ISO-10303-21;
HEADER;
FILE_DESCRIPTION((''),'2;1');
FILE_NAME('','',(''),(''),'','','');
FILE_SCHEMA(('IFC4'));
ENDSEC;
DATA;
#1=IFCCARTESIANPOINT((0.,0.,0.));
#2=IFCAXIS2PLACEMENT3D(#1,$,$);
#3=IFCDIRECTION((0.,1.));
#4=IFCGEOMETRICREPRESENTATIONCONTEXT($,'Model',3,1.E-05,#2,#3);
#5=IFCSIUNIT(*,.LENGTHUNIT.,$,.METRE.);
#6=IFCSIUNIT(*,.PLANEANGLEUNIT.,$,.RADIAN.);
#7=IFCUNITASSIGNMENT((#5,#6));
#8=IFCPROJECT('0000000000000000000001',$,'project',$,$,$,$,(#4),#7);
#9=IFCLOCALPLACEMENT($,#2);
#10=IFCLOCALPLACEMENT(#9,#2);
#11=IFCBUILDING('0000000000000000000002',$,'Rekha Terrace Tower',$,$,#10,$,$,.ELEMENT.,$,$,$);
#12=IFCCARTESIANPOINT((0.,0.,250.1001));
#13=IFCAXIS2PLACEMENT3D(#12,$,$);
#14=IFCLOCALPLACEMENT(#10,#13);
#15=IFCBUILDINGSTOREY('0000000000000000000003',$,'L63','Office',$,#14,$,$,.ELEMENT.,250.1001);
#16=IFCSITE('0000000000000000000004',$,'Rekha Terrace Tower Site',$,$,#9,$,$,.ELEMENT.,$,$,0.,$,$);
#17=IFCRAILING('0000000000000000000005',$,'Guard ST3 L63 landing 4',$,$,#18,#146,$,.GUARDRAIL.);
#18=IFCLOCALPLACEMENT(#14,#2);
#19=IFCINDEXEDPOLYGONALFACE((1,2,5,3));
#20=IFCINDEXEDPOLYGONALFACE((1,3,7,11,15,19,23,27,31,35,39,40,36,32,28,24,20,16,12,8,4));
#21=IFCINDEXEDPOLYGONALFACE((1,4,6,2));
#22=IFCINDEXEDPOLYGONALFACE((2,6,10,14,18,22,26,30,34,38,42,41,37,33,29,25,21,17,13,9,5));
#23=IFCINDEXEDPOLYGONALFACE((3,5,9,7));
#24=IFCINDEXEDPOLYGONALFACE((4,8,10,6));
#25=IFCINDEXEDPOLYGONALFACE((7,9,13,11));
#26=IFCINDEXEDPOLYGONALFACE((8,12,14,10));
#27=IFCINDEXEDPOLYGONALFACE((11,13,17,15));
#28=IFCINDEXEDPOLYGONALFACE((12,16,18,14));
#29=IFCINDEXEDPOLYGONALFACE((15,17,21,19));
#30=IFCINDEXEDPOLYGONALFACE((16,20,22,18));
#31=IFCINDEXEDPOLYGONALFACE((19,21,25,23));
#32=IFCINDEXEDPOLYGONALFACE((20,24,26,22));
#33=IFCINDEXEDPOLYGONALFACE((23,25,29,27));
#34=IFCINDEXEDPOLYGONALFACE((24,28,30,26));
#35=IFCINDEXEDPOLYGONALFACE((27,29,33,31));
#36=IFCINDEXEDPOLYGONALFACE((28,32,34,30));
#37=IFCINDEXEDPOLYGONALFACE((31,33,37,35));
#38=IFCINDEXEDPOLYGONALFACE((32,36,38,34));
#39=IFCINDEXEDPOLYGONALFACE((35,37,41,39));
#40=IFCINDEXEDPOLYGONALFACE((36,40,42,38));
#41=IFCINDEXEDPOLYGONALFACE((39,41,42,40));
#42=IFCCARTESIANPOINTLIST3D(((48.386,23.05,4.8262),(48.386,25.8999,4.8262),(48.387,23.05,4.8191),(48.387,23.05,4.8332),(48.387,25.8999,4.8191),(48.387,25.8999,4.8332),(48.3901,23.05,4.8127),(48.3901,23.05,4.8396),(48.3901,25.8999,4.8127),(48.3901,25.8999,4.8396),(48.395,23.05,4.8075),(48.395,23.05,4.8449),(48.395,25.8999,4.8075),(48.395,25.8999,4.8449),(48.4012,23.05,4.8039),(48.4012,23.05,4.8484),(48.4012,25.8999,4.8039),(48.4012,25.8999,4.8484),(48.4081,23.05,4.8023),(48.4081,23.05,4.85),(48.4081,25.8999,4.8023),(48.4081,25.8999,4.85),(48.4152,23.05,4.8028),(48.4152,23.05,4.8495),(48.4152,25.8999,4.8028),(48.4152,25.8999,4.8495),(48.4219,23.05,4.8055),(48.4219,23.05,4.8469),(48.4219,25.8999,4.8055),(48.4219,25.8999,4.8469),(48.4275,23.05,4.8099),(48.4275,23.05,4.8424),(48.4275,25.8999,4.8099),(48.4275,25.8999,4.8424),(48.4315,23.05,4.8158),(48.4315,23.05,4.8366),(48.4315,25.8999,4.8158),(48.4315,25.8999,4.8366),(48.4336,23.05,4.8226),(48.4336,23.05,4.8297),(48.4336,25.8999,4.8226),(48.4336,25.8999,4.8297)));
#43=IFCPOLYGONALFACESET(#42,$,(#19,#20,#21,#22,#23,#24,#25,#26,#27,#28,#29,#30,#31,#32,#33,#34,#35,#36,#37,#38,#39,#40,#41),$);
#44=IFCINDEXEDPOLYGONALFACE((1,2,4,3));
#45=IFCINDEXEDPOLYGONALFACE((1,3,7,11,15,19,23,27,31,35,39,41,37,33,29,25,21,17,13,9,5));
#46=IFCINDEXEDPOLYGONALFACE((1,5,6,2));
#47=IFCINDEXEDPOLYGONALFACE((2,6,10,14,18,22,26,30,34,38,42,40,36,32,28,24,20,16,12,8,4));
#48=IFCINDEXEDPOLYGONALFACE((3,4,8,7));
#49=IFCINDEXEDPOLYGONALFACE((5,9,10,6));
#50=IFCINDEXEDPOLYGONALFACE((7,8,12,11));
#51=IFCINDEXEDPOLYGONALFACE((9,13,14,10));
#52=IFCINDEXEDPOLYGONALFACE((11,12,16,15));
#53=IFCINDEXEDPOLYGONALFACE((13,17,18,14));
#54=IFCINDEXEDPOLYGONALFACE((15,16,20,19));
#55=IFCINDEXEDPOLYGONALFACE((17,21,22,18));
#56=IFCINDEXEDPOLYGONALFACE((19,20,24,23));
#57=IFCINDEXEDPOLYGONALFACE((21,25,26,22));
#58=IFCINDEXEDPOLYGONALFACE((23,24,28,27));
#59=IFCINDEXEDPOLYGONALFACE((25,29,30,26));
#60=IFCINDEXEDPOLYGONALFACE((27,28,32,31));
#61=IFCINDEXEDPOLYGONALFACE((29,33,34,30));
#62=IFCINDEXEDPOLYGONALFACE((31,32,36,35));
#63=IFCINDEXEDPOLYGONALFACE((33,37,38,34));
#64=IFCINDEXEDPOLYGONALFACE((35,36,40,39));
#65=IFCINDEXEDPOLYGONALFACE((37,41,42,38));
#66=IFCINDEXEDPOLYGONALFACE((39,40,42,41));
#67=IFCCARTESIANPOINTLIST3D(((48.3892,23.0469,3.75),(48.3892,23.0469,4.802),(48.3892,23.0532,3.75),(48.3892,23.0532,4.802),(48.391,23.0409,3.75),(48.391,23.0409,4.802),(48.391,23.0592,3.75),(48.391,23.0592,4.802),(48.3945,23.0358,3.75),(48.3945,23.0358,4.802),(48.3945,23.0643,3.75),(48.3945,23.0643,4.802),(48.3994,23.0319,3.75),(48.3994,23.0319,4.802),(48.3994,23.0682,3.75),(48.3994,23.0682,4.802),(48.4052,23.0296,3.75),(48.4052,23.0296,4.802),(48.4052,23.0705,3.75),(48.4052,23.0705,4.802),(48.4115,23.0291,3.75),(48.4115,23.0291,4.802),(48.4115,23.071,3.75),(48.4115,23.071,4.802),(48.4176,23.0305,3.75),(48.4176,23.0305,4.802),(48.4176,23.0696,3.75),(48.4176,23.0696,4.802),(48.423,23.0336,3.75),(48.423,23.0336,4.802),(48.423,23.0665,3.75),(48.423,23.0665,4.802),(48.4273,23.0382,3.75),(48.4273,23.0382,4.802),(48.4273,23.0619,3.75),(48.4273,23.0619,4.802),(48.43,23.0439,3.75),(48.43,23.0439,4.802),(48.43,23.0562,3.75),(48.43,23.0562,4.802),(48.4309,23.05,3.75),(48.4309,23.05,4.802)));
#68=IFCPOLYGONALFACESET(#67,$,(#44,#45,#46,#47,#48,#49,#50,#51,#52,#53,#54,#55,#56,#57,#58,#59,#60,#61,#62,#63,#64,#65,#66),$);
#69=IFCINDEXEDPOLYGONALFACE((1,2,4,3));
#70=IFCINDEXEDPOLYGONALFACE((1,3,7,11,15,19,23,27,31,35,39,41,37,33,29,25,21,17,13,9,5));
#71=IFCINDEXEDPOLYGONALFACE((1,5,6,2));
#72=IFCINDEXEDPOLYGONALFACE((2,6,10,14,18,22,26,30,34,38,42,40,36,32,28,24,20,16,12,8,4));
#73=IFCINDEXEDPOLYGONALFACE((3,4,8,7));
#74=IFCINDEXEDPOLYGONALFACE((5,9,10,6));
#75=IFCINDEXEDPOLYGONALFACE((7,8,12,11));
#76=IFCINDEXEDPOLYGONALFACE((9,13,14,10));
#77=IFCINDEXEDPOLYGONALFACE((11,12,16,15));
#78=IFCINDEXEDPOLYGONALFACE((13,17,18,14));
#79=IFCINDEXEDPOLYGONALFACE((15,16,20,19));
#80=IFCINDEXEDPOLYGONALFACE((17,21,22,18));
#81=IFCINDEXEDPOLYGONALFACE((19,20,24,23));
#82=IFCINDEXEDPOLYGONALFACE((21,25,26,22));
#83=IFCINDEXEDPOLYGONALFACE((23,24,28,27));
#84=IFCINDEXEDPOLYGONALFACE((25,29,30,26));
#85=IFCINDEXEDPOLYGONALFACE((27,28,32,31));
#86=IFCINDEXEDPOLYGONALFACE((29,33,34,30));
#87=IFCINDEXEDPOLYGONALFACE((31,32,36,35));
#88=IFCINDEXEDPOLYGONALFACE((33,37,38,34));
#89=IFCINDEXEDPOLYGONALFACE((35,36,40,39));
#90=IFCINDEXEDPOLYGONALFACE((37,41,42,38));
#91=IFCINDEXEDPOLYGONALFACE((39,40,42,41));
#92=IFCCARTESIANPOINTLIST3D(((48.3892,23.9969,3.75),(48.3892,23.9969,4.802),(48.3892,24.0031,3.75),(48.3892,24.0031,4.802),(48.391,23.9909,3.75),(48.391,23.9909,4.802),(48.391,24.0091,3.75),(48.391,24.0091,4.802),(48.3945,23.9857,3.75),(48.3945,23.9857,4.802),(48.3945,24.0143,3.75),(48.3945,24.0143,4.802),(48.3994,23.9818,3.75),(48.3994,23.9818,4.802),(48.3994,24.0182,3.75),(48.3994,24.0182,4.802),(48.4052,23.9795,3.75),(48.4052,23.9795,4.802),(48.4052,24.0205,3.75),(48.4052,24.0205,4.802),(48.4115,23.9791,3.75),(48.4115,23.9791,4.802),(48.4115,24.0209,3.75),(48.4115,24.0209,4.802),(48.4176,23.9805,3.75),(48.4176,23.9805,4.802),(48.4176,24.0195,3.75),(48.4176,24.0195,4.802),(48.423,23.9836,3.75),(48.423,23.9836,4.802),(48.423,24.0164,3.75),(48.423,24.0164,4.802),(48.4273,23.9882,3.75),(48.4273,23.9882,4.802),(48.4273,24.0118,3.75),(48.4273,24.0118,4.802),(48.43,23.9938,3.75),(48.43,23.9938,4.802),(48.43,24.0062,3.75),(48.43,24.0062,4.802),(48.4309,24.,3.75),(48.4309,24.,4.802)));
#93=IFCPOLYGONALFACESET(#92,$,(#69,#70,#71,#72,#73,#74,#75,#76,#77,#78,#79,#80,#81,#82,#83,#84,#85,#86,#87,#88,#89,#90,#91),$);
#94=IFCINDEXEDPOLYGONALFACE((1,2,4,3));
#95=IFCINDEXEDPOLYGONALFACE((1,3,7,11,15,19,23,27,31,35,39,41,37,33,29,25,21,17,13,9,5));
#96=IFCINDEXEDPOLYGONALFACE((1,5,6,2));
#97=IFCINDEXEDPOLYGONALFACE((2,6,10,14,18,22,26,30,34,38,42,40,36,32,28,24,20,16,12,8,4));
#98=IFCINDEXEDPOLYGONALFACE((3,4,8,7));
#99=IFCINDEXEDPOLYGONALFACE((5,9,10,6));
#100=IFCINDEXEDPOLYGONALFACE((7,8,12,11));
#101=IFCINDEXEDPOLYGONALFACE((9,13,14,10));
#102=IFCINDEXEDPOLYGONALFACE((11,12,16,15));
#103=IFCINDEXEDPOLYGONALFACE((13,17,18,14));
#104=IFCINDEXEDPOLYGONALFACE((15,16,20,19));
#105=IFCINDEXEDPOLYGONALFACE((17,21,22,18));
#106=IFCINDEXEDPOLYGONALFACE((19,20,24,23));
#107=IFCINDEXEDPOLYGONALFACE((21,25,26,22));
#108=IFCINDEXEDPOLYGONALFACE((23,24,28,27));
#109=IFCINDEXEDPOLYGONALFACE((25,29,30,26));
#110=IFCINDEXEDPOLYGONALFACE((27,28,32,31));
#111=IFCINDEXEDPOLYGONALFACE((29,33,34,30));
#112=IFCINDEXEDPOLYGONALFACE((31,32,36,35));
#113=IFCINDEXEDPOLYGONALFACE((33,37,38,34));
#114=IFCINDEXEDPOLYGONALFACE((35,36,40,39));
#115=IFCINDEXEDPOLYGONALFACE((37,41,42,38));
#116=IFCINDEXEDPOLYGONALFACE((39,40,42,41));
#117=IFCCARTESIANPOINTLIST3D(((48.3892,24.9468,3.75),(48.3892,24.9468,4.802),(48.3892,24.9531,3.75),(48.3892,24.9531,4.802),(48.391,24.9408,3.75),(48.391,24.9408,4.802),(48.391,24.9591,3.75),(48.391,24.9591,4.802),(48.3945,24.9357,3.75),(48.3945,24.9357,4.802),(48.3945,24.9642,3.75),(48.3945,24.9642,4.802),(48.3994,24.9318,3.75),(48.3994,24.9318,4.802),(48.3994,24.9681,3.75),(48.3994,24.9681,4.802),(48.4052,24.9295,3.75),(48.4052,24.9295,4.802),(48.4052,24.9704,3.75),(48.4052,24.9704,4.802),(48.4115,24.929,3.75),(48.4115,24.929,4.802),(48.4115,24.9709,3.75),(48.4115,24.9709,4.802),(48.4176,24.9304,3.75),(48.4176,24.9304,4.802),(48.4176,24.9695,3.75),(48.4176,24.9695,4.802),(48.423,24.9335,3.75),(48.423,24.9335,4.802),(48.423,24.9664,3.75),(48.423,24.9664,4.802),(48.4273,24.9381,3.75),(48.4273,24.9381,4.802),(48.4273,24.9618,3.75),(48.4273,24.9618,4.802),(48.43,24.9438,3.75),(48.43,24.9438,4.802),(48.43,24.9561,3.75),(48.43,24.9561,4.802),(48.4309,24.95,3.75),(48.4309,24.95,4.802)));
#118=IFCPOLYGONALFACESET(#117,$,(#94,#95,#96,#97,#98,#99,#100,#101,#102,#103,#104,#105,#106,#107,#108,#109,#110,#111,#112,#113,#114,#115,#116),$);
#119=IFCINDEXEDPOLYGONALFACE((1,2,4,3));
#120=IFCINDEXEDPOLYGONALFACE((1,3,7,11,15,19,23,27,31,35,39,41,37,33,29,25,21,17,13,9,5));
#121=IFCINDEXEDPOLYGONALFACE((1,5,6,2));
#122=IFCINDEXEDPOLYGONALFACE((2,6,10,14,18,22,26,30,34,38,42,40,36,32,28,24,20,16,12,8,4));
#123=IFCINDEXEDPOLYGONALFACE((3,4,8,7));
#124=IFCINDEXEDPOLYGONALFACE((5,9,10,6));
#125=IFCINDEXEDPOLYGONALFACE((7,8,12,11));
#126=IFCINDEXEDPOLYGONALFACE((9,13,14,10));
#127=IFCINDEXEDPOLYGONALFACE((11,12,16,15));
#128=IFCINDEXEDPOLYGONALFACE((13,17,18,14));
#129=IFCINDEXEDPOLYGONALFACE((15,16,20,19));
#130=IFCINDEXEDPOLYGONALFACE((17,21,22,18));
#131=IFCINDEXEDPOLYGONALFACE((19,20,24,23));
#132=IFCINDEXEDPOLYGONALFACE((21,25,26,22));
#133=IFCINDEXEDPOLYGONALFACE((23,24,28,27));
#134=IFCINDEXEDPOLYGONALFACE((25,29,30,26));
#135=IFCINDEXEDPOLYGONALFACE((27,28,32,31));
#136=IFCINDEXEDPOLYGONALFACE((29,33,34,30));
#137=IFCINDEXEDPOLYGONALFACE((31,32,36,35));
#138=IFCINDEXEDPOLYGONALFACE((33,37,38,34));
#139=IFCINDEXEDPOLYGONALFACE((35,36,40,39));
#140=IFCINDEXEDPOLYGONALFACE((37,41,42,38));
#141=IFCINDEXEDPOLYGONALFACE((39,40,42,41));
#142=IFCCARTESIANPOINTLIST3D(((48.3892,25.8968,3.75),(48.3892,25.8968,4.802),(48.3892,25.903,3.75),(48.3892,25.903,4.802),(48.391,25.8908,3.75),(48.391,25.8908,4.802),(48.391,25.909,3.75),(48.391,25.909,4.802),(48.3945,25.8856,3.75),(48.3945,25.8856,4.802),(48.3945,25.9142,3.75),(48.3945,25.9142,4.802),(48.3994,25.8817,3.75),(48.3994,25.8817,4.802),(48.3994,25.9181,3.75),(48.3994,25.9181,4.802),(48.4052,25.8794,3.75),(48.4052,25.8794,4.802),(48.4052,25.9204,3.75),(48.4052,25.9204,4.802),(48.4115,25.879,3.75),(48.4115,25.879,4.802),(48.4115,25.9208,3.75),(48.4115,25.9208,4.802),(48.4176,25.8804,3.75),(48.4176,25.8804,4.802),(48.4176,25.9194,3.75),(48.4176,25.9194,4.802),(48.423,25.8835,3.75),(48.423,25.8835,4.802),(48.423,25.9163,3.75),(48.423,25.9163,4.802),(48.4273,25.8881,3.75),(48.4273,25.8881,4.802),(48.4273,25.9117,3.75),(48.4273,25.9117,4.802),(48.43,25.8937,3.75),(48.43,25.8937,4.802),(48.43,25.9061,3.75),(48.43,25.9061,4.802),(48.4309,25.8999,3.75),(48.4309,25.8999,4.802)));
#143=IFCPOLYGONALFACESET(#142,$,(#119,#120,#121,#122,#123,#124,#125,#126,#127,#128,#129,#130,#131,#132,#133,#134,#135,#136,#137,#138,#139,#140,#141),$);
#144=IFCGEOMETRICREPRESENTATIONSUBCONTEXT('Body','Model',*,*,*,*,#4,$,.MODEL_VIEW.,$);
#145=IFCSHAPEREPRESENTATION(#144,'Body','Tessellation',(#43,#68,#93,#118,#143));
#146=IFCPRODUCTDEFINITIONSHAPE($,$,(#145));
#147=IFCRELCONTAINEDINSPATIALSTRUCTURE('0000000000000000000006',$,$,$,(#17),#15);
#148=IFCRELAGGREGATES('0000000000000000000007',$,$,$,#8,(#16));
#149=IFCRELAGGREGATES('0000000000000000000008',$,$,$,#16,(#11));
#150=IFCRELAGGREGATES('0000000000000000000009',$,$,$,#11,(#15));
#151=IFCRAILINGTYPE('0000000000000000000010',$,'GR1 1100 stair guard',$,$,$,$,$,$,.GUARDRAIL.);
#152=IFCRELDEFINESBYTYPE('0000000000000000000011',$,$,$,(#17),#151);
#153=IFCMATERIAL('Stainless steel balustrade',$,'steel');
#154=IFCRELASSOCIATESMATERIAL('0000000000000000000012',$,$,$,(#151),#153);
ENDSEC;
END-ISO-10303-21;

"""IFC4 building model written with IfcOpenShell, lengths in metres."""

from ifc_helpers import new_model, si_unit, direction, frame, origin, origin_2d, place, context, subcontext, project, spatial, circle, extrude, material, type_object, element, save


model = new_model("IFC4")

# Units and contexts
model_context = context("Model", 3, precision=1e-05, world=origin(), true_north=direction((0.0, 1.0)))
body_context = subcontext(model_context, "Body", "Model", "MODEL_VIEW")
ifc_project = project(units=[si_unit("LENGTHUNIT", "METRE"), si_unit("PLANEANGLEUNIT", "RADIAN")], contexts=[model_context])

# Site, building, storey
site_placement = place(None, origin())
site = spatial("IfcSite", under=ifc_project, at=site_placement, Name="Rekha Terrace Tower Site", CompositionType="ELEMENT", RefElevation=0.0)
building_placement = place(site_placement, origin())
building = spatial("IfcBuilding", under=site, at=building_placement, Name="Rekha Terrace Tower", CompositionType="ELEMENT")
storey_placement = place(building_placement, frame((0.0, 0.0, 250.1001)))
storey = spatial("IfcBuildingStorey", under=building, at=storey_placement, Name="L63", Description="Office", CompositionType="ELEMENT", Elevation=250.1001)

# Railing
ifc_material_1 = material(Name="Stainless steel balustrade", Category="steel")
railing_type_1 = type_object("IfcRailingType", Name="GR1 1100 stair guard", PredefinedType="GUARDRAIL", material=ifc_material_1)
railing_1_placement = place(storey_placement, frame((48.4099, 23.05, 3.75)))
element("IfcRailing", 1, at=railing_1_placement, inside=storey, type_object=railing_type_1, Name="Guard ST3 L63 landing 4", PredefinedType="GUARDRAIL", context=body_context, shape_type="SweptSolid", body=[
    extrude(circle(Radius=0.0239, at=origin_2d()), frame((0.0, 0.0, 1.0762), z_axis=(0.0, 1.0, 0.0), x_axis=(-1.0, 0.0, 0.0)), (0.0, 0.0, 1.0), 2.8499),
    extrude(circle(Radius=0.021, at=origin_2d()), origin(), (0.0, 0.0, 1.0), 1.052),
    extrude(circle(Radius=0.021, at=origin_2d()), frame((0.0, 0.95, 0.0)), (0.0, 0.0, 1.0), 1.052),
    extrude(circle(Radius=0.021, at=origin_2d()), frame((0.0, 1.8999, 0.0)), (0.0, 0.0, 1.0), 1.052),
    extrude(circle(Radius=0.021, at=origin_2d()), frame((0.0, 2.8499, 0.0)), (0.0, 0.0, 1.0), 1.052),
])

save(model, "model.ifc")
